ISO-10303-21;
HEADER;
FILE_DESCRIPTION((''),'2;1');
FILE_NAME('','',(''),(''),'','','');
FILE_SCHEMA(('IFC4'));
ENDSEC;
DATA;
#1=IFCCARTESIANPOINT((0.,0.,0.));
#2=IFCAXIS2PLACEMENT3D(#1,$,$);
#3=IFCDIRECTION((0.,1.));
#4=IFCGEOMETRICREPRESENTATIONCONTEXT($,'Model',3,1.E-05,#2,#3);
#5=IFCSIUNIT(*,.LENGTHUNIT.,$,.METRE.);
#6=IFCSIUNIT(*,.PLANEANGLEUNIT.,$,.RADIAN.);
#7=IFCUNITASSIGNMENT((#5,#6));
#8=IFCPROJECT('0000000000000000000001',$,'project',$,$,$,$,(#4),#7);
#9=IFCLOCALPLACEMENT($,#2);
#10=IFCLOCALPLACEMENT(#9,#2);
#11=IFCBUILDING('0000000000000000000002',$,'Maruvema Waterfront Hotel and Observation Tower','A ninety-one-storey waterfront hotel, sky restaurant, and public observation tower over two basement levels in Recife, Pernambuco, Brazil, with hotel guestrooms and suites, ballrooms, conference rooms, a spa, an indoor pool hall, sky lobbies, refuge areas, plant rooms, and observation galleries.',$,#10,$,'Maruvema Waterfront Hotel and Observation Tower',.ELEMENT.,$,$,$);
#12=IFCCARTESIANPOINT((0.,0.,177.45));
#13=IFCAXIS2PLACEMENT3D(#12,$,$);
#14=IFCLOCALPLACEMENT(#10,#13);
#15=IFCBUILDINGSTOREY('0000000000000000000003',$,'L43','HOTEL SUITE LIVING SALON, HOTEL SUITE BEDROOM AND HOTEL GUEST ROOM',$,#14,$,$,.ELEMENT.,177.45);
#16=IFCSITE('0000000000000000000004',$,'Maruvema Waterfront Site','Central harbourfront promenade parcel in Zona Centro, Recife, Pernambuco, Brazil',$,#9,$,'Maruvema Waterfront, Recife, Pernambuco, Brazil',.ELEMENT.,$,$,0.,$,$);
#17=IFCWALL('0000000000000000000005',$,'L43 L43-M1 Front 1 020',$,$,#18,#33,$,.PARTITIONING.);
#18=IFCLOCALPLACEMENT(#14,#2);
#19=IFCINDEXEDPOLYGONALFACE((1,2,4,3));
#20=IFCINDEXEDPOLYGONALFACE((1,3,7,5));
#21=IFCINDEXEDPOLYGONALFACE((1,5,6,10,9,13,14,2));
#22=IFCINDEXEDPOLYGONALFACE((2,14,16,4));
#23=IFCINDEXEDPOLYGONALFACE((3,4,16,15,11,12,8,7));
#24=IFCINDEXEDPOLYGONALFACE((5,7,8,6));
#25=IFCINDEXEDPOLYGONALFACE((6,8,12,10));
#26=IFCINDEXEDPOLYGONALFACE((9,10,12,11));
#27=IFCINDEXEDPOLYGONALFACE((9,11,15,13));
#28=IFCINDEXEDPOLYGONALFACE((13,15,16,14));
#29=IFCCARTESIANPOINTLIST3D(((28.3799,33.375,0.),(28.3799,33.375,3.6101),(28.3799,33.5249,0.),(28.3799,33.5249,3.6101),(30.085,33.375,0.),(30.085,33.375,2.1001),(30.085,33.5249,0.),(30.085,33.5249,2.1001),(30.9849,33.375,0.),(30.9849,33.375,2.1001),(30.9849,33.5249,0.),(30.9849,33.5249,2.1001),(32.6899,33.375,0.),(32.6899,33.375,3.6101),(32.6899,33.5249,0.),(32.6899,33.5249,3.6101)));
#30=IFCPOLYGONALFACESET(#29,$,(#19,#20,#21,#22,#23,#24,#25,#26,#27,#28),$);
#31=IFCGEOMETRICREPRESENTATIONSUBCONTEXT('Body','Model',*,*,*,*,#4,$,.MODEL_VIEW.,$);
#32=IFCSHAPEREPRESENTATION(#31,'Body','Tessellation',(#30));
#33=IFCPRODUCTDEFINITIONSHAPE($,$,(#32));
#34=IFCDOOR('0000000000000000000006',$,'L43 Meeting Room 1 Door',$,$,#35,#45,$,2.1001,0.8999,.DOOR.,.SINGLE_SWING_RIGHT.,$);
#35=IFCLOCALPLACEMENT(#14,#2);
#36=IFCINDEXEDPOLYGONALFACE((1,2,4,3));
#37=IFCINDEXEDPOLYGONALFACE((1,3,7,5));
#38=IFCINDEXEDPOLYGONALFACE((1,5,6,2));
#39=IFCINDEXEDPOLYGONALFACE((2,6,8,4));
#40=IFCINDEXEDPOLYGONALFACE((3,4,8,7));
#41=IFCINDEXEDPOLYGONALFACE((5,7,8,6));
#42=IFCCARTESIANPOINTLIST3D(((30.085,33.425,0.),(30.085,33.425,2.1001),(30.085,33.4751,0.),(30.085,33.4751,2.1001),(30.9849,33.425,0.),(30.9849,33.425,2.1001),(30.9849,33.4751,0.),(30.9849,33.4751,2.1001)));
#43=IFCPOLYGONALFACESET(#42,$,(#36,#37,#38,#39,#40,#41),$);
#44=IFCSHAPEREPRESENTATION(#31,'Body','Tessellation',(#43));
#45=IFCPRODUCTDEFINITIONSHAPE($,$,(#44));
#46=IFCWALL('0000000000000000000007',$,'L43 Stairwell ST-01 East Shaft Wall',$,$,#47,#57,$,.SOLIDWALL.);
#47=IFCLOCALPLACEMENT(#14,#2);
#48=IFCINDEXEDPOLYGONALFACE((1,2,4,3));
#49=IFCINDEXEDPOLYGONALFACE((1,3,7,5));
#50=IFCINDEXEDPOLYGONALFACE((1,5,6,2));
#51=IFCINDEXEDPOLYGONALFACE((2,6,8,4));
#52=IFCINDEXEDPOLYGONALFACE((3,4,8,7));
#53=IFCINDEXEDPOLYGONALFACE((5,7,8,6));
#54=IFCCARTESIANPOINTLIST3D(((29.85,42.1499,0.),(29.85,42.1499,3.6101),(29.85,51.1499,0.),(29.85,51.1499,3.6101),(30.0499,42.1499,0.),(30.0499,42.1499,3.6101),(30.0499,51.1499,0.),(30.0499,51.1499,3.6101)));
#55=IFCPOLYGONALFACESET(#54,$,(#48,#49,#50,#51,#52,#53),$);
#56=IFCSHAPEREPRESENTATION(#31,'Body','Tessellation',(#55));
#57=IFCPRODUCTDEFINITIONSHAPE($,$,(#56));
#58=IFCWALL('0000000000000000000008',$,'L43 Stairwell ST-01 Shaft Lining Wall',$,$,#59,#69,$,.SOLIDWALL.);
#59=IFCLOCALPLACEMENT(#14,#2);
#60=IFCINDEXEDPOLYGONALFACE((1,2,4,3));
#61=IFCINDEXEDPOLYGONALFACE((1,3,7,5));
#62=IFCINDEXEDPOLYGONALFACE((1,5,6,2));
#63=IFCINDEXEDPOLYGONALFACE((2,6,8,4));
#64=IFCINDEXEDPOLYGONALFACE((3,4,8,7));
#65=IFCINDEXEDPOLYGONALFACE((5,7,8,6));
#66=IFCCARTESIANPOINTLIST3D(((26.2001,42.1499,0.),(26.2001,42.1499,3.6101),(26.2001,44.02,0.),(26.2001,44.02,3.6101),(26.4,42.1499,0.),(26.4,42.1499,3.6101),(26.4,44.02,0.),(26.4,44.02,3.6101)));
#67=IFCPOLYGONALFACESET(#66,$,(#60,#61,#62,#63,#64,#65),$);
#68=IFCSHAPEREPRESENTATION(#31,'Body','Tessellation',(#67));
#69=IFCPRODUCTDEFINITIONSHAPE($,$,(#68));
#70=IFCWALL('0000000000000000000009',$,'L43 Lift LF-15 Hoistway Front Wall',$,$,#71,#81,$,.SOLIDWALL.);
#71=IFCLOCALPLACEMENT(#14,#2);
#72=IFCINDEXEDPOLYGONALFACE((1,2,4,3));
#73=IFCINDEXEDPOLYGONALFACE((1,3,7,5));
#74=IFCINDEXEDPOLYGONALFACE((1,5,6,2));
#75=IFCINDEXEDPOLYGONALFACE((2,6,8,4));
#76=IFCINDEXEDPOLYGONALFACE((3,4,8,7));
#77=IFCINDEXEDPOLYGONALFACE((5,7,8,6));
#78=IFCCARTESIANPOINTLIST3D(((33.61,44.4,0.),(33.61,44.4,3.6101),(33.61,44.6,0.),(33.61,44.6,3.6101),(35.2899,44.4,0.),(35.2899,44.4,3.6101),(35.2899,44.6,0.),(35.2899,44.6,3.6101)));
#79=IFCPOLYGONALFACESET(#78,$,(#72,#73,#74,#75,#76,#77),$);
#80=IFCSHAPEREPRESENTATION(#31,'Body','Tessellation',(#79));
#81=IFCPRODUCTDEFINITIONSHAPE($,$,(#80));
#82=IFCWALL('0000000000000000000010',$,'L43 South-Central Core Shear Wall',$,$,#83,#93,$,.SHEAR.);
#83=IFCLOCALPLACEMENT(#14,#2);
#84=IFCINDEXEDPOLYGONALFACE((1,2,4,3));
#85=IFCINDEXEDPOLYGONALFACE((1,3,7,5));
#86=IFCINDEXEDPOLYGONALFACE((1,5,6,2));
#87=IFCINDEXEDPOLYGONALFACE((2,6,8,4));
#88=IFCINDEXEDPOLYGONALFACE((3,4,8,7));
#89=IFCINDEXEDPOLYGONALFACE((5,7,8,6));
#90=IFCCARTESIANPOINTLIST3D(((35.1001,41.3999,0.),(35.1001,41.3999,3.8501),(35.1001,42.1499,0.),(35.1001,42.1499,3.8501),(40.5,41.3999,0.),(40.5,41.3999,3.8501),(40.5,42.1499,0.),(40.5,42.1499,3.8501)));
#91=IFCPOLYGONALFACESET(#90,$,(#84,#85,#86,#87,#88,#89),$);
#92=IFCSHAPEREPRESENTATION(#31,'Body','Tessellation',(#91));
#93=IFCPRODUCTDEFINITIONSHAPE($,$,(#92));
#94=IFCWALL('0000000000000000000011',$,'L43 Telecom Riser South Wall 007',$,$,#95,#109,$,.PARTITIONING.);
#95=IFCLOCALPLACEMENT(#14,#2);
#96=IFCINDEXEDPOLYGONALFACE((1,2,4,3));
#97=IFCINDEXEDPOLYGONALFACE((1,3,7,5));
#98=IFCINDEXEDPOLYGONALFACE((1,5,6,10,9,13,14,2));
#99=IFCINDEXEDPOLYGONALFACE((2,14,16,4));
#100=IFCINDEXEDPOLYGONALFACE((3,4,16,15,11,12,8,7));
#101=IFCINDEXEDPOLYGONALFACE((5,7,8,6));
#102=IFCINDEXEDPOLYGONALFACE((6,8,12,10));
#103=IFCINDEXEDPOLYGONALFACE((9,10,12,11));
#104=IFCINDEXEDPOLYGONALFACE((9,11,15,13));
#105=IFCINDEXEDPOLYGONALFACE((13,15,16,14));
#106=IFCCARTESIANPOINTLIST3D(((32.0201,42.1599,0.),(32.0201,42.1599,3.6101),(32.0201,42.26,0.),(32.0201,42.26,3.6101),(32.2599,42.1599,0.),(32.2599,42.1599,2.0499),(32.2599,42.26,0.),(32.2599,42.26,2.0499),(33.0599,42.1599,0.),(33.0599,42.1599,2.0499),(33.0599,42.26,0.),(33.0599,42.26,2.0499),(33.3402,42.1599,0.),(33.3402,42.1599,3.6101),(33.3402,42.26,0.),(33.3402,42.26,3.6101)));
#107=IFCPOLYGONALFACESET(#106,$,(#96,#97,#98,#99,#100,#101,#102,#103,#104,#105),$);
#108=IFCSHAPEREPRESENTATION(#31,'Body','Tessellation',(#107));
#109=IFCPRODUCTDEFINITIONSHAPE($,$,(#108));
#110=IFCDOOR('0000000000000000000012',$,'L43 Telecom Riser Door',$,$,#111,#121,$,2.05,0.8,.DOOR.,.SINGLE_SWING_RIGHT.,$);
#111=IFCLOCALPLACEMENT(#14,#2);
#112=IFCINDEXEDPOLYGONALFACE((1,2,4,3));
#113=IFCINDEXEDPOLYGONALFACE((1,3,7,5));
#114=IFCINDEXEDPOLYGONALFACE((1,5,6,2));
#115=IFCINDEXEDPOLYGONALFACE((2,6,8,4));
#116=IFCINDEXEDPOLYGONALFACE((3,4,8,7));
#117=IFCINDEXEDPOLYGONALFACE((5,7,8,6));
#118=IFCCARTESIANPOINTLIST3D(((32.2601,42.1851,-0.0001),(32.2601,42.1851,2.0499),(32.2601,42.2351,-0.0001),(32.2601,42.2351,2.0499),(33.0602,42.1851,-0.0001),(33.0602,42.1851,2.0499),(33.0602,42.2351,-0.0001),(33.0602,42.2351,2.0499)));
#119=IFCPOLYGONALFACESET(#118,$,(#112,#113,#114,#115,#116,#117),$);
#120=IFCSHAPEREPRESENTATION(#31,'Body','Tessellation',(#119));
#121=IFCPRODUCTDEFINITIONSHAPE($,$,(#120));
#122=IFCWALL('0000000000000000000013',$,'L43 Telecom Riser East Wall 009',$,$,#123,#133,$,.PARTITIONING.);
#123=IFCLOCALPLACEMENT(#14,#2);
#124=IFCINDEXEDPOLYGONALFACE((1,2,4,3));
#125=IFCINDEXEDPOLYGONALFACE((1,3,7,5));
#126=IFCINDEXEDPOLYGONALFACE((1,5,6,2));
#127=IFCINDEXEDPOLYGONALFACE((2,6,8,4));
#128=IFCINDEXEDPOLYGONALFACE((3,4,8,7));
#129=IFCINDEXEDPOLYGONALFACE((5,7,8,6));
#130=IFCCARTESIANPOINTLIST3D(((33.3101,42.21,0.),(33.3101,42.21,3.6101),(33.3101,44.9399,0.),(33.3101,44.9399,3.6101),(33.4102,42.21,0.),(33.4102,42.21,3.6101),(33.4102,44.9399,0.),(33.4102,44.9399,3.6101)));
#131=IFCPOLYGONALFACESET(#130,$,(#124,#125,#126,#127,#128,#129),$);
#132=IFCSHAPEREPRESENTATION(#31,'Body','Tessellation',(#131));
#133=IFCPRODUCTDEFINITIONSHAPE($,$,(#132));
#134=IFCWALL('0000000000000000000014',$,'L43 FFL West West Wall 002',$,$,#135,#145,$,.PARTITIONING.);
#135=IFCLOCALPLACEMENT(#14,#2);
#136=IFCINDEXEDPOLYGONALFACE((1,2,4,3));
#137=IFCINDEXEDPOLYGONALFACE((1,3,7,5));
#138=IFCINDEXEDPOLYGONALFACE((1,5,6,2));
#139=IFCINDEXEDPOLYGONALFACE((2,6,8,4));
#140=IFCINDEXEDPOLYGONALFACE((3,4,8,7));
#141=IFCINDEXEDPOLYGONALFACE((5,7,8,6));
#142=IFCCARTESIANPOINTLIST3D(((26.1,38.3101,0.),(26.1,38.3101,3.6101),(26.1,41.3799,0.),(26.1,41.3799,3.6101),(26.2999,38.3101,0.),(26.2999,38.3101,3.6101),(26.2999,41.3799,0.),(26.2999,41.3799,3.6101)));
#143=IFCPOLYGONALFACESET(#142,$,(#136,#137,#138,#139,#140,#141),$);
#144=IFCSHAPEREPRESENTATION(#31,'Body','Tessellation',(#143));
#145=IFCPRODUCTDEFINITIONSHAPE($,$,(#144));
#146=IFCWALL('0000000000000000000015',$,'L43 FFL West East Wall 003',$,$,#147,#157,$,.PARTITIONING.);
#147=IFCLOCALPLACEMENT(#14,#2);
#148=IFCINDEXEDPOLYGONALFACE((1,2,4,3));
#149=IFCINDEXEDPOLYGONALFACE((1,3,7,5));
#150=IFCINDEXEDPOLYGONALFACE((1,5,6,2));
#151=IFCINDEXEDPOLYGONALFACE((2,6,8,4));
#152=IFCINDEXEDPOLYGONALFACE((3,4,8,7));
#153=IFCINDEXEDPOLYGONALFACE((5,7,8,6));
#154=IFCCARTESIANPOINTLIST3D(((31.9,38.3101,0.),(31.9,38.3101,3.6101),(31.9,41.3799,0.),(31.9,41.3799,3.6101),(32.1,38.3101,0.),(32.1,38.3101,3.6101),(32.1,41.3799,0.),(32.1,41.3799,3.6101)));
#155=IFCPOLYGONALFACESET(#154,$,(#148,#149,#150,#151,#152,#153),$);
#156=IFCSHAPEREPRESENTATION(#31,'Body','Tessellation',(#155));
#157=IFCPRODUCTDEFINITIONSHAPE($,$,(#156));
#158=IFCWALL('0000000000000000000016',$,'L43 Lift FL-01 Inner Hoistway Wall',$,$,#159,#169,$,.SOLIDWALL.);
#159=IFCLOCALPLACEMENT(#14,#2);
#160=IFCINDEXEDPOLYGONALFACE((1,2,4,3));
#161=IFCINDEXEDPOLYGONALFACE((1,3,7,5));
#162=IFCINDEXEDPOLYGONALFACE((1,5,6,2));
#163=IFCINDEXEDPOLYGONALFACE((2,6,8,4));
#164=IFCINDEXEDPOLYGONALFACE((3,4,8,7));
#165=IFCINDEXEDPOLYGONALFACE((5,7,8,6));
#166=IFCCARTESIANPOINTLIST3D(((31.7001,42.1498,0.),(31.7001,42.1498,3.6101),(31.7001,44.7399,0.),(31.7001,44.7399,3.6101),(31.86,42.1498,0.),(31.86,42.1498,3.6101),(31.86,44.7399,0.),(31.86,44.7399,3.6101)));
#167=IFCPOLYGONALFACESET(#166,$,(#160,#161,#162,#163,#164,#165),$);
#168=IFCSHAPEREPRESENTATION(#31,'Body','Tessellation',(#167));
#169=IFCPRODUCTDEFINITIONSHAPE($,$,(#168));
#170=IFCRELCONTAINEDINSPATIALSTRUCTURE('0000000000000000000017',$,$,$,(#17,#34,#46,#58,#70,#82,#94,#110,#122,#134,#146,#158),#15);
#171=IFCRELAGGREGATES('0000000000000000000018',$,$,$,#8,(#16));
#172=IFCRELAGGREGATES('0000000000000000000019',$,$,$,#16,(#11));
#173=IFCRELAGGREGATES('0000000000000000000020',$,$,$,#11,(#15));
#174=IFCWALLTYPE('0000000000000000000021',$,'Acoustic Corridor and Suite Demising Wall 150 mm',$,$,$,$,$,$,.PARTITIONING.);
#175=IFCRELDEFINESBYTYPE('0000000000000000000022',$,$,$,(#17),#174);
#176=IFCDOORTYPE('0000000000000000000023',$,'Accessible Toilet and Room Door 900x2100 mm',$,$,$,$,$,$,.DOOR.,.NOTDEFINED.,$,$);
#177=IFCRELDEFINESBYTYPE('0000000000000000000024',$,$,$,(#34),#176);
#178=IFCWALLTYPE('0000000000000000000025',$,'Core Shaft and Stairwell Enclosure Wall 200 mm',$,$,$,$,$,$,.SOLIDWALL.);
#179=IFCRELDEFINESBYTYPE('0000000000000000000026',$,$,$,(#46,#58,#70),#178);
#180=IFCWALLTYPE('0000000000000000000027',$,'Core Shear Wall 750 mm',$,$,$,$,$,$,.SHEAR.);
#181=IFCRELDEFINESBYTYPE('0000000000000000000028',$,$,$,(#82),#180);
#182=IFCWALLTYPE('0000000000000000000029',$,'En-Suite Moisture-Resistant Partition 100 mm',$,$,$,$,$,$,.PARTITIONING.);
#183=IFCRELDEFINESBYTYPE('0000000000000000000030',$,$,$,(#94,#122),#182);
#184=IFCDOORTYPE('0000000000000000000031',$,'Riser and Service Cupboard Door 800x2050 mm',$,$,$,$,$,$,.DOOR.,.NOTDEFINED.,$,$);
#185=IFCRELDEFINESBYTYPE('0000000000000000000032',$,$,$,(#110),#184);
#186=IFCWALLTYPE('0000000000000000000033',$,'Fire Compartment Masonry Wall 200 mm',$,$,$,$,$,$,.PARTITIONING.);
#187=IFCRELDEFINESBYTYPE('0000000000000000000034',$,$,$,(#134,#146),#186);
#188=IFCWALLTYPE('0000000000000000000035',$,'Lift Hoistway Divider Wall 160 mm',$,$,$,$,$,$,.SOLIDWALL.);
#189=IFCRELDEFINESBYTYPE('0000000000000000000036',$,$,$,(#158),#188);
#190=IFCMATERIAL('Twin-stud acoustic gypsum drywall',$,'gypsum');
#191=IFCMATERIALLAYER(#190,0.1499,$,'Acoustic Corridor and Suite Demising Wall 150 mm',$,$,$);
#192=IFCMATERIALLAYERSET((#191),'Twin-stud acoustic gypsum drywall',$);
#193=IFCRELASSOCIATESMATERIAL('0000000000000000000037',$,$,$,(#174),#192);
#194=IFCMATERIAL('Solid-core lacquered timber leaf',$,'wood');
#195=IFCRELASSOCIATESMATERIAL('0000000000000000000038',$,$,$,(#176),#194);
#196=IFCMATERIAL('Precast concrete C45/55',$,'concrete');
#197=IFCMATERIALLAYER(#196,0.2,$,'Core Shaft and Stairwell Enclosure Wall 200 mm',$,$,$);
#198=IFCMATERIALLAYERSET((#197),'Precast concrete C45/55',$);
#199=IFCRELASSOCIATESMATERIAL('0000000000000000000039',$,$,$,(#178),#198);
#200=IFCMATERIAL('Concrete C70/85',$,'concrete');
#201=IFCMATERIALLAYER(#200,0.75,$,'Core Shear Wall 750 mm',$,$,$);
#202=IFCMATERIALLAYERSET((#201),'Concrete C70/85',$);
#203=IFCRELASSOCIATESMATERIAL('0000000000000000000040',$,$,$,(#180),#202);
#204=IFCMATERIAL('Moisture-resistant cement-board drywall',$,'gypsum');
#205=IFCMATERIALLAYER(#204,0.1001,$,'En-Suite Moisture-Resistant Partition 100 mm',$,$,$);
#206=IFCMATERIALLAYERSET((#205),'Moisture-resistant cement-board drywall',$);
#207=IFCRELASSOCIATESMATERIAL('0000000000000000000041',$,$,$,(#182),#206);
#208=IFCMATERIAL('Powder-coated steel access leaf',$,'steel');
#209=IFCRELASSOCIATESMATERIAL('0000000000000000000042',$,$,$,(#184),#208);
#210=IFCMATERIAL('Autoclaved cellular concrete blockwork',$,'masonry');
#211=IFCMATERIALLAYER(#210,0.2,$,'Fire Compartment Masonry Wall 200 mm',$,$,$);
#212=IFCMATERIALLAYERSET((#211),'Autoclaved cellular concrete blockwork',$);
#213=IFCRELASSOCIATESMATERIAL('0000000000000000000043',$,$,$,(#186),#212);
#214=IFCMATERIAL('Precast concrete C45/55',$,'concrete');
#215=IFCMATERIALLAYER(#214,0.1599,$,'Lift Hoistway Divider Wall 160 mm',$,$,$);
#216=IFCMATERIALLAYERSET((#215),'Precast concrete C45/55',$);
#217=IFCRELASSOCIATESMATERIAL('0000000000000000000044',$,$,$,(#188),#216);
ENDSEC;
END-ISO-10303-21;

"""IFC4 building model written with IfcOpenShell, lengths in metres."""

from ifc_helpers import new_model, si_unit, direction, frame, frame_2d, origin, place, context, subcontext, project, spatial, rectangle, extrude, material, layer, layer_set, type_object, element, fill, save


model = new_model("IFC4")

# Units and contexts
model_context = context("Model", 3, precision=1e-05, world=origin(), true_north=direction((0.0, 1.0)))
body_context = subcontext(model_context, "Body", "Model", "MODEL_VIEW")
ifc_project = project(units=[si_unit("LENGTHUNIT", "METRE"), si_unit("PLANEANGLEUNIT", "RADIAN")], contexts=[model_context])

# Site, building, storey
site_placement = place(None, origin())
site = spatial("IfcSite", under=ifc_project, at=site_placement, Name="Maruvema Waterfront Site", Description="Central harbourfront promenade parcel in Zona Centro, Recife, Pernambuco, Brazil", LongName="Maruvema Waterfront, Recife, Pernambuco, Brazil", CompositionType="ELEMENT", RefElevation=0.0)
building_placement = place(site_placement, origin())
building = spatial("IfcBuilding", under=site, at=building_placement, Name="Maruvema Waterfront Hotel and Observation Tower", Description="A ninety-one-storey waterfront hotel, sky restaurant, and public observation tower over two basement levels in Recife, Pernambuco, Brazil, with hotel guestrooms and suites, ballrooms, conference rooms, a spa, an indoor pool hall, sky lobbies, refuge areas, plant rooms, and observation galleries.", LongName="Maruvema Waterfront Hotel and Observation Tower", CompositionType="ELEMENT")
storey_placement = place(building_placement, frame((0.0, 0.0, 177.45)))
storey = spatial("IfcBuildingStorey", under=building, at=storey_placement, Name="L43", Description="HOTEL SUITE LIVING SALON, HOTEL SUITE BEDROOM AND HOTEL GUEST ROOM", CompositionType="ELEMENT", Elevation=177.45)

# Shared definitions
ifc_material_1 = material(Name="Twin-stud acoustic gypsum drywall", Category="gypsum")
ifc_layer_1 = layer(ifc_material_1, 0.1499, Name="Acoustic Corridor and Suite Demising Wall 150 mm")
ifc_layer_set_1 = layer_set([ifc_layer_1], Name="Twin-stud acoustic gypsum drywall")
wall_type_1 = type_object("IfcWallType", Name="Acoustic Corridor and Suite Demising Wall 150 mm", PredefinedType="PARTITIONING", material=ifc_layer_set_1)

# Wall, opening, door
wall_1_placement = place(storey_placement, frame((28.3799, 33.45, 0.0), z_axis=(0.0, 0.0, 1.0), x_axis=(1.0, 0.0, 0.0)))
wall_1 = element("IfcWall", 1, at=wall_1_placement, inside=storey, type_object=wall_type_1, Name="L43 L43-M1 Front 1 020", PredefinedType="PARTITIONING", context=body_context, shape_type="SweptSolid", body=[
    extrude(rectangle(XDim=4.3101, YDim=0.1499, at=frame_2d((2.155, 0.0))), origin(), (0.0, 0.0, 1.0), 3.6101),
])
opening_1_placement = place(wall_1_placement, frame((1.7051, 0.0, 0.0)))
opening_1 = element("IfcOpeningElement", 2, at=opening_1_placement, cuts=wall_1, PredefinedType="OPENING", context=body_context, shape_type="SweptSolid", body=[
    extrude(rectangle(XDim=0.8999, YDim=2.1001, at=frame_2d((0.45, 1.05))), frame((0.0, 0.085, 0.0), z_axis=(0.0, -1.0, 0.0), x_axis=(1.0, 0.0, 0.0)), (0.0, 0.0, 1.0), 0.1699),
])
ifc_material_2 = material(Name="Solid-core lacquered timber leaf", Category="wood")
door_type_1 = type_object("IfcDoorType", Name="Accessible Toilet and Room Door 900x2100 mm", OperationType="NOTDEFINED", PredefinedType="DOOR", material=ifc_material_2)
door_1_placement = place(opening_1_placement, frame((0.8999, 0.0, 0.0), z_axis=(0.0, 0.0, 1.0), x_axis=(-1.0, 0.0, 0.0)))
door_1 = element("IfcDoor", 3, at=door_1_placement, inside=storey, type_object=door_type_1, Name="L43 Meeting Room 1 Door", OperationType="SINGLE_SWING_RIGHT", OverallHeight=2.1001, OverallWidth=0.8999, PredefinedType="DOOR", context=body_context, shape_type="SweptSolid", body=[
    extrude(rectangle(XDim=0.8999, YDim=2.1001, at=frame_2d((0.45, 1.05))), frame((0.0, 0.0249, 0.0), z_axis=(0.0, -1.0, 0.0), x_axis=(1.0, 0.0, 0.0)), (0.0, 0.0, 1.0), 0.05),
])
fill(opening_1, door_1)

# Walls
ifc_material_3 = material(Name="Precast concrete C45/55", Category="concrete")
ifc_layer_2 = layer(ifc_material_3, 0.2, Name="Core Shaft and Stairwell Enclosure Wall 200 mm")
ifc_layer_set_2 = layer_set([ifc_layer_2], Name="Precast concrete C45/55")
wall_type_2 = type_object("IfcWallType", Name="Core Shaft and Stairwell Enclosure Wall 200 mm", PredefinedType="SOLIDWALL", material=ifc_layer_set_2)
wall_2_placement = place(storey_placement, frame((29.95, 42.1499, 0.0), z_axis=(0.0, 0.0, 1.0), x_axis=(0.0, 1.0, 0.0)))
element("IfcWall", 4, at=wall_2_placement, inside=storey, type_object=wall_type_2, Name="L43 Stairwell ST-01 East Shaft Wall", PredefinedType="SOLIDWALL", context=body_context, shape_type="SweptSolid", body=[
    extrude(rectangle(XDim=9.0, YDim=0.2, at=frame_2d((4.5, 0.0))), origin(), (0.0, 0.0, 1.0), 3.6101),
])
wall_3_placement = place(storey_placement, frame((26.3, 42.1499, 0.0), z_axis=(0.0, 0.0, 1.0), x_axis=(0.0, 1.0, 0.0)))
element("IfcWall", 5, at=wall_3_placement, inside=storey, type_object=wall_type_2, Name="L43 Stairwell ST-01 Shaft Lining Wall", PredefinedType="SOLIDWALL", context=body_context, shape_type="SweptSolid", body=[
    extrude(rectangle(XDim=1.8701, YDim=0.2, at=frame_2d((0.9351, 0.0))), origin(), (0.0, 0.0, 1.0), 3.6101),
])
wall_4_placement = place(storey_placement, frame((33.6101, 44.5, 0.0), z_axis=(0.0, 0.0, 1.0), x_axis=(1.0, 0.0, 0.0)))
element("IfcWall", 6, at=wall_4_placement, inside=storey, type_object=wall_type_2, Name="L43 Lift LF-15 Hoistway Front Wall", PredefinedType="SOLIDWALL", context=body_context, shape_type="SweptSolid", body=[
    extrude(rectangle(XDim=1.6799, YDim=0.2, at=frame_2d((0.8398, 0.0))), origin(), (0.0, 0.0, 1.0), 3.6101),
])
ifc_material_4 = material(Name="Concrete C70/85", Category="concrete")
ifc_layer_3 = layer(ifc_material_4, 0.75, Name="Core Shear Wall 750 mm")
ifc_layer_set_3 = layer_set([ifc_layer_3], Name="Concrete C70/85")
wall_type_3 = type_object("IfcWallType", Name="Core Shear Wall 750 mm", PredefinedType="SHEAR", material=ifc_layer_set_3)
wall_5_placement = place(storey_placement, frame((35.1001, 41.7749, 0.0), z_axis=(0.0, 0.0, 1.0), x_axis=(1.0, 0.0, 0.0)))
element("IfcWall", 7, at=wall_5_placement, inside=storey, type_object=wall_type_3, Name="L43 South-Central Core Shear Wall", PredefinedType="SHEAR", context=body_context, shape_type="SweptSolid", body=[
    extrude(rectangle(XDim=5.3999, YDim=0.75, at=frame_2d((2.7, 0.0))), origin(), (0.0, 0.0, 1.0), 3.8501),
])

# Wall, opening, door
ifc_material_5 = material(Name="Moisture-resistant cement-board drywall", Category="gypsum")
ifc_layer_4 = layer(ifc_material_5, 0.1001, Name="En-Suite Moisture-Resistant Partition 100 mm")
ifc_layer_set_4 = layer_set([ifc_layer_4], Name="Moisture-resistant cement-board drywall")
wall_type_4 = type_object("IfcWallType", Name="En-Suite Moisture-Resistant Partition 100 mm", PredefinedType="PARTITIONING", material=ifc_layer_set_4)
wall_6_placement = place(storey_placement, frame((32.02, 42.21, 0.0), z_axis=(0.0, 0.0, 1.0), x_axis=(1.0, 0.0, 0.0)))
wall_6 = element("IfcWall", 8, at=wall_6_placement, inside=storey, type_object=wall_type_4, Name="L43 Telecom Riser South Wall 007", PredefinedType="PARTITIONING", context=body_context, shape_type="SweptSolid", body=[
    extrude(rectangle(XDim=1.3201, YDim=0.1001, at=frame_2d((0.6602, 0.0))), origin(), (0.0, 0.0, 1.0), 3.6101),
])
opening_2_placement = place(wall_6_placement, frame((0.24, 0.0, 0.0)))
opening_2 = element("IfcOpeningElement", 9, at=opening_2_placement, cuts=wall_6, PredefinedType="OPENING", context=body_context, shape_type="SweptSolid", body=[
    extrude(rectangle(XDim=0.8, YDim=2.05, at=frame_2d((0.3999, 1.0249))), frame((0.0, 0.0601, 0.0), z_axis=(0.0, -1.0, 0.0), x_axis=(1.0, 0.0, 0.0)), (0.0, 0.0, 1.0), 0.1201),
])
ifc_material_6 = material(Name="Powder-coated steel access leaf", Category="steel")
door_type_2 = type_object("IfcDoorType", Name="Riser and Service Cupboard Door 800x2050 mm", OperationType="NOTDEFINED", PredefinedType="DOOR", material=ifc_material_6)
door_2_placement = place(opening_2_placement, frame((0.8, 0.0, 0.0), z_axis=(0.0, 0.0, 1.0), x_axis=(-1.0, 0.0, 0.0)))
door_2 = element("IfcDoor", 10, at=door_2_placement, inside=storey, type_object=door_type_2, Name="L43 Telecom Riser Door", OperationType="SINGLE_SWING_RIGHT", OverallHeight=2.05, OverallWidth=0.8, PredefinedType="DOOR", context=body_context, shape_type="SweptSolid", body=[
    extrude(rectangle(XDim=0.8, YDim=2.05, at=frame_2d((0.3999, 1.0249))), frame((0.0, 0.0249, 0.0), z_axis=(0.0, -1.0, 0.0), x_axis=(1.0, 0.0, 0.0)), (0.0, 0.0, 1.0), 0.05),
])
fill(opening_2, door_2)

# Wall
wall_7_placement = place(storey_placement, frame((33.3601, 42.21, 0.0), z_axis=(0.0, 0.0, 1.0), x_axis=(0.0, 1.0, 0.0)))
element("IfcWall", 11, at=wall_7_placement, inside=storey, type_object=wall_type_4, Name="L43 Telecom Riser East Wall 009", PredefinedType="PARTITIONING", context=body_context, shape_type="SweptSolid", body=[
    extrude(rectangle(XDim=2.73, YDim=0.1001, at=frame_2d((1.365, 0.0))), origin(), (0.0, 0.0, 1.0), 3.6101),
])

# Shared definitions
ifc_material_7 = material(Name="Autoclaved cellular concrete blockwork", Category="masonry")
ifc_layer_5 = layer(ifc_material_7, 0.2, Name="Fire Compartment Masonry Wall 200 mm")
ifc_layer_set_5 = layer_set([ifc_layer_5], Name="Autoclaved cellular concrete blockwork")
wall_type_5 = type_object("IfcWallType", Name="Fire Compartment Masonry Wall 200 mm", PredefinedType="PARTITIONING", material=ifc_layer_set_5)

# Walls
for number, where, z_axis, x_axis, name in (
    (12, (26.2, 38.3101, 0.0), (0.0, 0.0, 1.0), (0.0, 1.0, 0.0), "L43 FFL West West Wall 002"),
    (13, (32.0, 38.3101, 0.0), (0.0, 0.0, 1.0), (0.0, 1.0, 0.0), "L43 FFL West East Wall 003"),
):
    element("IfcWall", number, at=place(storey_placement, frame(where, z_axis=z_axis, x_axis=x_axis)), inside=storey, type_object=wall_type_5, Name=name, PredefinedType="PARTITIONING", context=body_context, shape_type="SweptSolid", body=[
        extrude(rectangle(XDim=3.0698, YDim=0.2, at=frame_2d((1.5349, 0.0))), origin(), (0.0, 0.0, 1.0), 3.6101),
    ])
ifc_material_8 = material(Name="Precast concrete C45/55", Category="concrete")
ifc_layer_6 = layer(ifc_material_8, 0.1599, Name="Lift Hoistway Divider Wall 160 mm")
ifc_layer_set_6 = layer_set([ifc_layer_6], Name="Precast concrete C45/55")
wall_type_6 = type_object("IfcWallType", Name="Lift Hoistway Divider Wall 160 mm", PredefinedType="SOLIDWALL", material=ifc_layer_set_6)
wall_8_placement = place(storey_placement, frame((31.78, 42.1499, 0.0), z_axis=(0.0, 0.0, 1.0), x_axis=(0.0, 1.0, 0.0)))
element("IfcWall", 14, at=wall_8_placement, inside=storey, type_object=wall_type_6, Name="L43 Lift FL-01 Inner Hoistway Wall", PredefinedType="SOLIDWALL", context=body_context, shape_type="SweptSolid", body=[
    extrude(rectangle(XDim=2.5901, YDim=0.1599, at=frame_2d((1.2949, 0.0))), origin(), (0.0, 0.0, 1.0), 3.6101),
])

save(model, "model.ifc")
